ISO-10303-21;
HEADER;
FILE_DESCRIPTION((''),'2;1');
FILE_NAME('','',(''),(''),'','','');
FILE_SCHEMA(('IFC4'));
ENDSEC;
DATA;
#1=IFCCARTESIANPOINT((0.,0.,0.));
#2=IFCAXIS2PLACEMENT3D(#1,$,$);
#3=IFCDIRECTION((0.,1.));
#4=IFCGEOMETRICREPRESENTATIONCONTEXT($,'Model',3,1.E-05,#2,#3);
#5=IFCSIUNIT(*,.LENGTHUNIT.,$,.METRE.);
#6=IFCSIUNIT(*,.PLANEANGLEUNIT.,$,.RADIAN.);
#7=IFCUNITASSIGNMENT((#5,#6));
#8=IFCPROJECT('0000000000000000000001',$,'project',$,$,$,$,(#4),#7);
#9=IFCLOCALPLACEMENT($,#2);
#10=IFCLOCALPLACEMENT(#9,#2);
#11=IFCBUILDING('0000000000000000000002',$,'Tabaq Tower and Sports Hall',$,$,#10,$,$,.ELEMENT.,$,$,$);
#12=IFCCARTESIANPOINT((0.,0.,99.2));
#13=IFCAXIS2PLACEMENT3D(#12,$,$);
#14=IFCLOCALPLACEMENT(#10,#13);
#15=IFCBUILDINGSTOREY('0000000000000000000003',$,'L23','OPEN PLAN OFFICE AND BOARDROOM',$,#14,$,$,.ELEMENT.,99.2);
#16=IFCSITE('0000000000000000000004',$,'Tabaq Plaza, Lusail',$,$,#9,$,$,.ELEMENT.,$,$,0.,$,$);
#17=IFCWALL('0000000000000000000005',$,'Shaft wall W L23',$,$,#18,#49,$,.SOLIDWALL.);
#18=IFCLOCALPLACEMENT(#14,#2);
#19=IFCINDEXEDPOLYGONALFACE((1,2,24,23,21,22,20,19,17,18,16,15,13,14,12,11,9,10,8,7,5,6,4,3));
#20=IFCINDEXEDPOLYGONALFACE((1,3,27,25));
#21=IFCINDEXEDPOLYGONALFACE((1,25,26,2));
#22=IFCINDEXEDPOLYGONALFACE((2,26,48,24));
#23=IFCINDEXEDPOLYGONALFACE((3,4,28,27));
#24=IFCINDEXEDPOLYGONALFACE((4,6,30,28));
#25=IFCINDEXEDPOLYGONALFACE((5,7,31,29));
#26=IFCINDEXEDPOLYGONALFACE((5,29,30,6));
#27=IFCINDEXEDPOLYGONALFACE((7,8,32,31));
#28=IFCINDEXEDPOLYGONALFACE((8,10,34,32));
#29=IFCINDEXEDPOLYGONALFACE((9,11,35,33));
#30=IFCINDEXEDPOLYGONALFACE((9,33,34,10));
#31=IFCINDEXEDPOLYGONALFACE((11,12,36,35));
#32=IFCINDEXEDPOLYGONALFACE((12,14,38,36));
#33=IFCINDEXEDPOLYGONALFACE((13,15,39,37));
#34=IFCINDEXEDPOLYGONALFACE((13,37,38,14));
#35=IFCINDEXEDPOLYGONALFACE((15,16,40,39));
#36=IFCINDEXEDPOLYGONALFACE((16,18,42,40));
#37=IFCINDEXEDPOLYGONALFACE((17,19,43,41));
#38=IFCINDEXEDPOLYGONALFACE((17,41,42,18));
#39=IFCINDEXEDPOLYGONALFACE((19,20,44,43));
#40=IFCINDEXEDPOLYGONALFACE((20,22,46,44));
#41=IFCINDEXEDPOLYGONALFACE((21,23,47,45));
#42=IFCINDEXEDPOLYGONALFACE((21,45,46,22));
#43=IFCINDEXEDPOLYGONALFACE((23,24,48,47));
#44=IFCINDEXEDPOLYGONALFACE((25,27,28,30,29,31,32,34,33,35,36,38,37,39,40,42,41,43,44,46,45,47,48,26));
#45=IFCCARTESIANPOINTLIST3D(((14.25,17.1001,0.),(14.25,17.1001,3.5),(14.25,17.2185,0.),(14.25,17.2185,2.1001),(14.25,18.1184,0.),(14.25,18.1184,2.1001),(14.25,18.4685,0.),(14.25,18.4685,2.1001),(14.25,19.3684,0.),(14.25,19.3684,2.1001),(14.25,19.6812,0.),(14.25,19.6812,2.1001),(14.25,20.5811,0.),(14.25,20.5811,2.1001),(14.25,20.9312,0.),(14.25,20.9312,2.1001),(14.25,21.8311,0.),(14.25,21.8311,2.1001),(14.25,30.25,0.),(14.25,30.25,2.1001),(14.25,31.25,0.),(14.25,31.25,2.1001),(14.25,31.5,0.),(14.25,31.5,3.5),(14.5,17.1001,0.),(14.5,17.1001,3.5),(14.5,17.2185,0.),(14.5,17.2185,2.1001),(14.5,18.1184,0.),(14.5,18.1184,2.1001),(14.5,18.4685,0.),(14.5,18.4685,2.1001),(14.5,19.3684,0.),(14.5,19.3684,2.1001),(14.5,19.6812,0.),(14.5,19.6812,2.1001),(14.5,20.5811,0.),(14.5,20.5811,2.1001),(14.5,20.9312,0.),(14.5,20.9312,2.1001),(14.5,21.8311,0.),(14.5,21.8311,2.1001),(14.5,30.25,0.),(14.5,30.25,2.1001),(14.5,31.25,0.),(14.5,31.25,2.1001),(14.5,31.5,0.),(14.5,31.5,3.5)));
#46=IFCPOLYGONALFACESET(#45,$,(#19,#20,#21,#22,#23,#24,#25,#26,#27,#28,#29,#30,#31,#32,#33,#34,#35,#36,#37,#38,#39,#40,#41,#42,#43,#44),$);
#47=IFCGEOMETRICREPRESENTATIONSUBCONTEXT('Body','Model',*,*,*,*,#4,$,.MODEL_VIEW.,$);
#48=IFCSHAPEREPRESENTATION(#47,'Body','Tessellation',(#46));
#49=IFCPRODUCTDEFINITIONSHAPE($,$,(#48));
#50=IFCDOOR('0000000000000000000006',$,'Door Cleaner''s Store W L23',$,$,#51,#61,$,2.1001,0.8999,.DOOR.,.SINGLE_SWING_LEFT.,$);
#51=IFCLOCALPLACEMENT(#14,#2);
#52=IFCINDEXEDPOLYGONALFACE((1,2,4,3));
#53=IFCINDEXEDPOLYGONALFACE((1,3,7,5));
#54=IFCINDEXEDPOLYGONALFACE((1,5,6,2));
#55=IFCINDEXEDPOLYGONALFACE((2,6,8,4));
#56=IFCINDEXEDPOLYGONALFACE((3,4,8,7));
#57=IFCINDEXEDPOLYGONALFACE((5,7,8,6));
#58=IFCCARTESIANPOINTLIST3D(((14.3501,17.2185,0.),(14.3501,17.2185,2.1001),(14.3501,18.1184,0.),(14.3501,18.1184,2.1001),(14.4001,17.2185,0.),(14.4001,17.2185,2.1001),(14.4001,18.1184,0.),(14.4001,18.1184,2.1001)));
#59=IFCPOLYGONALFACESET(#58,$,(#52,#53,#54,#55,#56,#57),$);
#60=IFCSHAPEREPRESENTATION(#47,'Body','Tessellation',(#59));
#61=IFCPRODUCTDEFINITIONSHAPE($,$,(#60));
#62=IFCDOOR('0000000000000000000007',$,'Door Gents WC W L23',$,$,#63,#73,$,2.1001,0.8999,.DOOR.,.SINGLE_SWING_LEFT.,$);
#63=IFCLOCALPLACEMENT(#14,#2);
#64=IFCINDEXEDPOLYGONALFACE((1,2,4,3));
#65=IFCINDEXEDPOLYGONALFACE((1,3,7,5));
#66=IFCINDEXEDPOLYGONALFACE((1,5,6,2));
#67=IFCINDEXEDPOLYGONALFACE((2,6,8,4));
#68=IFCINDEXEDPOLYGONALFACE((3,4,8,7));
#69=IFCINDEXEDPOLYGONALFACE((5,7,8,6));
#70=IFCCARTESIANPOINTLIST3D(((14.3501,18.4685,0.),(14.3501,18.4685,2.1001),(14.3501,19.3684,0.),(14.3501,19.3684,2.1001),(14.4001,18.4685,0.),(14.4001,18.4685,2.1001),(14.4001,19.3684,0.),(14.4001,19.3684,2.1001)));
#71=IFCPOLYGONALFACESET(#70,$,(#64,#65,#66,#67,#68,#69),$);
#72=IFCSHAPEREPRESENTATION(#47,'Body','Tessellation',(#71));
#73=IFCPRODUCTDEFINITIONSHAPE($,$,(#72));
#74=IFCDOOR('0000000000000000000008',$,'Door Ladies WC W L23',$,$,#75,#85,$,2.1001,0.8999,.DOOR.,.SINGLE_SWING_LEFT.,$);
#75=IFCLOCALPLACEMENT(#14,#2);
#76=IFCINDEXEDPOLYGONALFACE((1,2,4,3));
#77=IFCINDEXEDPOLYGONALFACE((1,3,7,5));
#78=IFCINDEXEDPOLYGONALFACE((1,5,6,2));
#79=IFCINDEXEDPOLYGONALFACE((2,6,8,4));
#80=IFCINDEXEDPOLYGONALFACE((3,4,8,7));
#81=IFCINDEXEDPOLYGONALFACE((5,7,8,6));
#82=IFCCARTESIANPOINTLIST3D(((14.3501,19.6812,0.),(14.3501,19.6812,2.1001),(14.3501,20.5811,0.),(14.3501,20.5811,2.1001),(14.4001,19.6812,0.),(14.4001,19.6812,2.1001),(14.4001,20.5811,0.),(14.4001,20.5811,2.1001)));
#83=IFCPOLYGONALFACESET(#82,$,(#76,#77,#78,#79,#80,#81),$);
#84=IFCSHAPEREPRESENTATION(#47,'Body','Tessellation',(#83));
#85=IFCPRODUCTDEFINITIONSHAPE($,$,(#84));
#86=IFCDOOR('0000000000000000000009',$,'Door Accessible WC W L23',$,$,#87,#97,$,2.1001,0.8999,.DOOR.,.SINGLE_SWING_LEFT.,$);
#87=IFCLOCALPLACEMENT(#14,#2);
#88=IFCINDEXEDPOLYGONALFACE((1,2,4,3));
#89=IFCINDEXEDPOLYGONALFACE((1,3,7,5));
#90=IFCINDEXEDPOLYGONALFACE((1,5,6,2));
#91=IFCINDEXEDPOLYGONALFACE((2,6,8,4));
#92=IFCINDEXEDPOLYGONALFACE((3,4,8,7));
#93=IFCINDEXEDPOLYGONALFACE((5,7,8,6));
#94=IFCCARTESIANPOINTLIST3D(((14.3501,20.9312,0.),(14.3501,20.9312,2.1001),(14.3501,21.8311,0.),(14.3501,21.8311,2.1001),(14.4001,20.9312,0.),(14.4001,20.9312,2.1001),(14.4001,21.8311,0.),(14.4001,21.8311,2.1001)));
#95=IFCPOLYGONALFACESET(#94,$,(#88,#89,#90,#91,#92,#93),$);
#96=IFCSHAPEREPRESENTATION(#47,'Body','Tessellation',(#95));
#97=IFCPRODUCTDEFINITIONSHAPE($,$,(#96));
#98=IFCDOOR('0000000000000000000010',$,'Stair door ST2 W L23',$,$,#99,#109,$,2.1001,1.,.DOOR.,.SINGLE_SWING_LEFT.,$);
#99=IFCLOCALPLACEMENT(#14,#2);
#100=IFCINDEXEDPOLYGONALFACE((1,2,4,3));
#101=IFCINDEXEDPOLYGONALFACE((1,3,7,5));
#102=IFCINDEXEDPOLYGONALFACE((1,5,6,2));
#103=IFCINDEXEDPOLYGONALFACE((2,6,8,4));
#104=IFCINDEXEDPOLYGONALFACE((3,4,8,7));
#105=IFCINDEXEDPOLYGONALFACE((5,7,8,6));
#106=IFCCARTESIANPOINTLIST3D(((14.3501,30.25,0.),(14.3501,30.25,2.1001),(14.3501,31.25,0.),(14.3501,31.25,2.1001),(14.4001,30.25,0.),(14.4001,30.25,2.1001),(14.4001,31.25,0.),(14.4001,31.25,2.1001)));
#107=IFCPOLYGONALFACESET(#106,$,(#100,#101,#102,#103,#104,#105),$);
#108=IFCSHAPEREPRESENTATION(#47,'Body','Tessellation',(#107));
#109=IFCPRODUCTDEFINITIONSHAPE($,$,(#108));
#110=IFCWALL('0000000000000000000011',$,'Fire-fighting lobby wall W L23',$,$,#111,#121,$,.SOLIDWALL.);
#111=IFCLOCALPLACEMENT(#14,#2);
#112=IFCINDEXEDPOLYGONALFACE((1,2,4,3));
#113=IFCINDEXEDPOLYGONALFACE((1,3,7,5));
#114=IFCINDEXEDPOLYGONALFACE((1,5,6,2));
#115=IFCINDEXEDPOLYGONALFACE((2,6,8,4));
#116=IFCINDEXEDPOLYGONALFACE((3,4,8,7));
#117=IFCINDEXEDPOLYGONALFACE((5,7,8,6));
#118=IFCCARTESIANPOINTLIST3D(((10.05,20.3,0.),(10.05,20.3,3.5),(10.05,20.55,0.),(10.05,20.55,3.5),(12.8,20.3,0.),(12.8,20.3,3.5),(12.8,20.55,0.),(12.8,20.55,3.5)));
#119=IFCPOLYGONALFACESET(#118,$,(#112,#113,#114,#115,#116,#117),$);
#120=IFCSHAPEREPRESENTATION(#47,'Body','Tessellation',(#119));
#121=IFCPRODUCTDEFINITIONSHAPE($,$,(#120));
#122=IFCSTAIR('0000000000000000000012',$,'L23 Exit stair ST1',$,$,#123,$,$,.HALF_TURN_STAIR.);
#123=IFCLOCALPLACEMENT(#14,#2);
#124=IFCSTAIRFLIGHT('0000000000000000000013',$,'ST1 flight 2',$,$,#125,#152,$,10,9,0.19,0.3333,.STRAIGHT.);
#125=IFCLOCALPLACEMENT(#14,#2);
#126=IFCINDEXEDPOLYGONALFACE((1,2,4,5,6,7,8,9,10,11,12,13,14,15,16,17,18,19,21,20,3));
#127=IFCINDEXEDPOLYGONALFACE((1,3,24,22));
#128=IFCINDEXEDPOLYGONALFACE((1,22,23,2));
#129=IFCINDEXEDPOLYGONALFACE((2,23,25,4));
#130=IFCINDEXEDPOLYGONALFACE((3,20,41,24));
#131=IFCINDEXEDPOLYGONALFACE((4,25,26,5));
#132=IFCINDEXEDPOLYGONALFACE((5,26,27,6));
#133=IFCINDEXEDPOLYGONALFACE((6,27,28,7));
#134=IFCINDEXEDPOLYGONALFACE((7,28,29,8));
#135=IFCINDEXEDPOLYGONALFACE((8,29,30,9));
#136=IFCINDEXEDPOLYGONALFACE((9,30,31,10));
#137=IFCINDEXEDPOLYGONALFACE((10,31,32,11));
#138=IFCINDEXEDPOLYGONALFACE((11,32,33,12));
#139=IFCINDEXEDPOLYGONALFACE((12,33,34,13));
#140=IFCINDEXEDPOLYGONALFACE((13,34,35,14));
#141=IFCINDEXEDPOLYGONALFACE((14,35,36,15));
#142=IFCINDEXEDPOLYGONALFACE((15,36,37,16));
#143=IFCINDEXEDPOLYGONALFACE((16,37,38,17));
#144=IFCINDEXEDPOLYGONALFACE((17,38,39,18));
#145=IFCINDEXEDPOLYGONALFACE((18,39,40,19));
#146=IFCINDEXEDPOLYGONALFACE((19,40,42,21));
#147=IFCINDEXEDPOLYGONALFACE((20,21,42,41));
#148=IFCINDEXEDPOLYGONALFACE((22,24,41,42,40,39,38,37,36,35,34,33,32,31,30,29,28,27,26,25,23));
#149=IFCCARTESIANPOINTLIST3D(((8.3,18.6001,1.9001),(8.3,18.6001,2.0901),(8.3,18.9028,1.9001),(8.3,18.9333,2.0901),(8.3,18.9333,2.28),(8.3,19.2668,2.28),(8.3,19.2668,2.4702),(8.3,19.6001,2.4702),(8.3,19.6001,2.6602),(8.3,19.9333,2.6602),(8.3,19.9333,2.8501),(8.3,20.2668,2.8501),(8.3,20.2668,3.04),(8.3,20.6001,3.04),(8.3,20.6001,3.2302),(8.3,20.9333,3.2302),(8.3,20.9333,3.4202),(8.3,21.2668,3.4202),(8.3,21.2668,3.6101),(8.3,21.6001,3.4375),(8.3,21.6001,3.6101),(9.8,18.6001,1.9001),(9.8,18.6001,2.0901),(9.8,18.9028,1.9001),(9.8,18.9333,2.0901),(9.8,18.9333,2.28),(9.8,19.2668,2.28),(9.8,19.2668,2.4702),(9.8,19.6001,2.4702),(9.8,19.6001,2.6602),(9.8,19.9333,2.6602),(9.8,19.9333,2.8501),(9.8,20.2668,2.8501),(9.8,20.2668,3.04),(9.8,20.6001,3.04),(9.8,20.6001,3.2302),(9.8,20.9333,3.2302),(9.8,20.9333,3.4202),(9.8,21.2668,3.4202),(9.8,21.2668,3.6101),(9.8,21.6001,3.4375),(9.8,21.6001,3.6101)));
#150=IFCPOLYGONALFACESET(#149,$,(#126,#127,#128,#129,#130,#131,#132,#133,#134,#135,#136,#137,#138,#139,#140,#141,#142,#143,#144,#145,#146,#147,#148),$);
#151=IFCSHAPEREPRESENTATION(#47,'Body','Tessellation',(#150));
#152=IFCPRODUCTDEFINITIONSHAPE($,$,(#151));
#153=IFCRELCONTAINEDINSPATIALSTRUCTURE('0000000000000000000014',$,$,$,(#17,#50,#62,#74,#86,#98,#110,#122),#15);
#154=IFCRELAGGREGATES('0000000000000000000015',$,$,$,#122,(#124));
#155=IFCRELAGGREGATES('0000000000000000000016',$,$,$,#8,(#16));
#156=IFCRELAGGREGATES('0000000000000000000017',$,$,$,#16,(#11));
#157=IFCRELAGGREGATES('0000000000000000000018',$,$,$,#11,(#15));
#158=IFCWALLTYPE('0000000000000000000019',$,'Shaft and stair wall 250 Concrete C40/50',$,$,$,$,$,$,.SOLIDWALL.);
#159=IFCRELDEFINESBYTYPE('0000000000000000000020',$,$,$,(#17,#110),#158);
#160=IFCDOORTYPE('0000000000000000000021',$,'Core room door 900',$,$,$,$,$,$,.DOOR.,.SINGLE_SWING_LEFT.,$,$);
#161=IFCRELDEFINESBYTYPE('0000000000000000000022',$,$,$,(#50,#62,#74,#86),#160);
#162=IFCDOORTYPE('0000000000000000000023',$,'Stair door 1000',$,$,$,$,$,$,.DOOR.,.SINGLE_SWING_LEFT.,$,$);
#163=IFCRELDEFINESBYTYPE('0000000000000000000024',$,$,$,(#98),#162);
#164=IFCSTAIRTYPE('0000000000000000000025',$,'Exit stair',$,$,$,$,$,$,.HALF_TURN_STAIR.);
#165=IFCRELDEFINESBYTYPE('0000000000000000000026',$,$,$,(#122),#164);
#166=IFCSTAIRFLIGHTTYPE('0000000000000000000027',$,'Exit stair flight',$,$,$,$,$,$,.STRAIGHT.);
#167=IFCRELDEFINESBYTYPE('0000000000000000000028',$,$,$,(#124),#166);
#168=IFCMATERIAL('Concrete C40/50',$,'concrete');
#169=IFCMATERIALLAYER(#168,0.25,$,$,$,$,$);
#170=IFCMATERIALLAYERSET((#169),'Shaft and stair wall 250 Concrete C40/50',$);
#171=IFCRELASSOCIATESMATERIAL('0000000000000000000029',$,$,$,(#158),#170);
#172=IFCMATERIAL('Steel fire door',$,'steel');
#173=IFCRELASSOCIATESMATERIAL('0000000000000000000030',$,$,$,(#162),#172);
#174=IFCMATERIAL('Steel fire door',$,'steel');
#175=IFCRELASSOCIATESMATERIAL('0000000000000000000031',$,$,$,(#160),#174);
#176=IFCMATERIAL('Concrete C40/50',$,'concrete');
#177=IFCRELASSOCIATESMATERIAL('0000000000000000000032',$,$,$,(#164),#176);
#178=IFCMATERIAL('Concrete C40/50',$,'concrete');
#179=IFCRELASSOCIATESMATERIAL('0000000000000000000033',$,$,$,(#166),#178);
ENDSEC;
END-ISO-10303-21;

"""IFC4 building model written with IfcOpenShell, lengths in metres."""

from ifc_helpers import new_model, si_unit, direction, frame, frame_2d, origin, place, context, subcontext, project, spatial, polyline, rectangle, outline, extrude, material, layer, layer_set, type_object, element, fill, aggregate, save


model = new_model("IFC4")

# Units and contexts
model_context = context("Model", 3, precision=1e-05, world=origin(), true_north=direction((0.0, 1.0)))
body_context = subcontext(model_context, "Body", "Model", "MODEL_VIEW")
ifc_project = project(units=[si_unit("LENGTHUNIT", "METRE"), si_unit("PLANEANGLEUNIT", "RADIAN")], contexts=[model_context])

# Site, building, storey
site_placement = place(None, origin())
site = spatial("IfcSite", under=ifc_project, at=site_placement, Name="Tabaq Plaza, Lusail", CompositionType="ELEMENT", RefElevation=0.0)
building_placement = place(site_placement, origin())
building = spatial("IfcBuilding", under=site, at=building_placement, Name="Tabaq Tower and Sports Hall", CompositionType="ELEMENT")
storey_placement = place(building_placement, frame((0.0, 0.0, 99.2)))
storey = spatial("IfcBuildingStorey", under=building, at=storey_placement, Name="L23", Description="OPEN PLAN OFFICE AND BOARDROOM", CompositionType="ELEMENT", Elevation=99.2)

# Wall, openings, doors
ifc_material_1 = material(Name="Concrete C40/50", Category="concrete")
ifc_layer_1 = layer(ifc_material_1, 0.25)
ifc_layer_set_1 = layer_set([ifc_layer_1], Name="Shaft and stair wall 250 Concrete C40/50")
wall_type_1 = type_object("IfcWallType", Name="Shaft and stair wall 250 Concrete C40/50", PredefinedType="SOLIDWALL", material=ifc_layer_set_1)
ifc_material_2 = material(Name="Steel fire door", Category="steel")
door_type_1 = type_object("IfcDoorType", Name="Stair door 1000", OperationType="SINGLE_SWING_LEFT", PredefinedType="DOOR", material=ifc_material_2)
wall_1_placement = place(storey_placement, frame((14.375, 17.1001, 0.0), z_axis=(0.0, 0.0, 1.0), x_axis=(0.0, 1.0, 0.0)))
wall_1 = element("IfcWall", 1, at=wall_1_placement, inside=storey, type_object=wall_type_1, Name="Shaft wall W L23", PredefinedType="SOLIDWALL", context=body_context, shape_type="SweptSolid", body=[
    extrude(rectangle(XDim=14.3999, YDim=0.25, at=frame_2d((7.2, 0.0))), origin(), (0.0, 0.0, 1.0), 3.5),
])
opening_1_placement = place(wall_1_placement, frame((13.1499, 0.0, 0.0)))
opening_1 = element("IfcOpeningElement", 2, at=opening_1_placement, cuts=wall_1, PredefinedType="OPENING", context=body_context, shape_type="SweptSolid", body=[
    extrude(rectangle(XDim=1.0, YDim=2.1001, at=frame_2d((0.5, 1.05))), frame((0.0, 0.125, 0.0), z_axis=(0.0, -1.0, 0.0), x_axis=(1.0, 0.0, 0.0)), (0.0, 0.0, 1.0), 0.25),
])
opening_2_placement = place(wall_1_placement, frame((0.1184, 0.0, 0.0)))
opening_2 = element("IfcOpeningElement", 3, at=opening_2_placement, cuts=wall_1, PredefinedType="OPENING", context=body_context, shape_type="SweptSolid", body=[
    extrude(rectangle(XDim=0.8999, YDim=2.1001, at=frame_2d((0.45, 1.05))), frame((0.0, 0.125, 0.0), z_axis=(0.0, -1.0, 0.0), x_axis=(1.0, 0.0, 0.0)), (0.0, 0.0, 1.0), 0.25),
])
opening_3_placement = place(wall_1_placement, frame((1.3684, 0.0, 0.0)))
opening_3 = element("IfcOpeningElement", 4, at=opening_3_placement, cuts=wall_1, PredefinedType="OPENING", context=body_context, shape_type="SweptSolid", body=[
    extrude(rectangle(XDim=0.8999, YDim=2.1001, at=frame_2d((0.45, 1.05))), frame((0.0, 0.125, 0.0), z_axis=(0.0, -1.0, 0.0), x_axis=(1.0, 0.0, 0.0)), (0.0, 0.0, 1.0), 0.25),
])
opening_4_placement = place(wall_1_placement, frame((2.5811, 0.0, 0.0)))
opening_4 = element("IfcOpeningElement", 5, at=opening_4_placement, cuts=wall_1, PredefinedType="OPENING", context=body_context, shape_type="SweptSolid", body=[
    extrude(rectangle(XDim=0.8999, YDim=2.1001, at=frame_2d((0.45, 1.05))), frame((0.0, 0.125, 0.0), z_axis=(0.0, -1.0, 0.0), x_axis=(1.0, 0.0, 0.0)), (0.0, 0.0, 1.0), 0.25),
])
opening_5_placement = place(wall_1_placement, frame((3.8311, 0.0, 0.0)))
opening_5 = element("IfcOpeningElement", 6, at=opening_5_placement, cuts=wall_1, PredefinedType="OPENING", context=body_context, shape_type="SweptSolid", body=[
    extrude(rectangle(XDim=0.8999, YDim=2.1001, at=frame_2d((0.45, 1.05))), frame((0.0, 0.125, 0.0), z_axis=(0.0, -1.0, 0.0), x_axis=(1.0, 0.0, 0.0)), (0.0, 0.0, 1.0), 0.25),
])
ifc_material_3 = material(Name="Steel fire door", Category="steel")
door_type_2 = type_object("IfcDoorType", Name="Core room door 900", OperationType="SINGLE_SWING_LEFT", PredefinedType="DOOR", material=ifc_material_3)
door_1_placement = place(opening_2_placement, origin())
door_1 = element("IfcDoor", 7, at=door_1_placement, inside=storey, type_object=door_type_2, Name="Door Cleaner's Store W L23", OperationType="SINGLE_SWING_LEFT", OverallHeight=2.1001, OverallWidth=0.8999, PredefinedType="DOOR", context=body_context, shape_type="SweptSolid", body=[
    extrude(rectangle(XDim=0.8999, YDim=2.1001, at=frame_2d((0.45, 1.05))), frame((0.0, 0.0249, 0.0), z_axis=(0.0, -1.0, 0.0), x_axis=(1.0, 0.0, 0.0)), (0.0, 0.0, 1.0), 0.05),
])
fill(opening_2, door_1)
door_2_placement = place(opening_3_placement, origin())
door_2 = element("IfcDoor", 8, at=door_2_placement, inside=storey, type_object=door_type_2, Name="Door Gents WC W L23", OperationType="SINGLE_SWING_LEFT", OverallHeight=2.1001, OverallWidth=0.8999, PredefinedType="DOOR", context=body_context, shape_type="SweptSolid", body=[
    extrude(rectangle(XDim=0.8999, YDim=2.1001, at=frame_2d((0.45, 1.05))), frame((0.0, 0.0249, 0.0), z_axis=(0.0, -1.0, 0.0), x_axis=(1.0, 0.0, 0.0)), (0.0, 0.0, 1.0), 0.05),
])
fill(opening_3, door_2)
door_3_placement = place(opening_4_placement, origin())
door_3 = element("IfcDoor", 9, at=door_3_placement, inside=storey, type_object=door_type_2, Name="Door Ladies WC W L23", OperationType="SINGLE_SWING_LEFT", OverallHeight=2.1001, OverallWidth=0.8999, PredefinedType="DOOR", context=body_context, shape_type="SweptSolid", body=[
    extrude(rectangle(XDim=0.8999, YDim=2.1001, at=frame_2d((0.45, 1.05))), frame((0.0, 0.0249, 0.0), z_axis=(0.0, -1.0, 0.0), x_axis=(1.0, 0.0, 0.0)), (0.0, 0.0, 1.0), 0.05),
])
fill(opening_4, door_3)
door_4_placement = place(opening_5_placement, origin())
door_4 = element("IfcDoor", 10, at=door_4_placement, inside=storey, type_object=door_type_2, Name="Door Accessible WC W L23", OperationType="SINGLE_SWING_LEFT", OverallHeight=2.1001, OverallWidth=0.8999, PredefinedType="DOOR", context=body_context, shape_type="SweptSolid", body=[
    extrude(rectangle(XDim=0.8999, YDim=2.1001, at=frame_2d((0.45, 1.05))), frame((0.0, 0.0249, 0.0), z_axis=(0.0, -1.0, 0.0), x_axis=(1.0, 0.0, 0.0)), (0.0, 0.0, 1.0), 0.05),
])
fill(opening_5, door_4)
door_5_placement = place(opening_1_placement, origin())
door_5 = element("IfcDoor", 11, at=door_5_placement, inside=storey, type_object=door_type_1, Name="Stair door ST2 W L23", OperationType="SINGLE_SWING_LEFT", OverallHeight=2.1001, OverallWidth=1.0, PredefinedType="DOOR", context=body_context, shape_type="SweptSolid", body=[
    extrude(rectangle(XDim=1.0, YDim=2.1001, at=frame_2d((0.5, 1.05))), frame((0.0, 0.0249, 0.0), z_axis=(0.0, -1.0, 0.0), x_axis=(1.0, 0.0, 0.0)), (0.0, 0.0, 1.0), 0.05),
])
fill(opening_1, door_5)

# Wall
wall_2_placement = place(storey_placement, frame((10.05, 20.425, 0.0), z_axis=(0.0, 0.0, 1.0), x_axis=(1.0, 0.0, 0.0)))
element("IfcWall", 12, at=wall_2_placement, inside=storey, type_object=wall_type_1, Name="Fire-fighting lobby wall W L23", PredefinedType="SOLIDWALL", context=body_context, shape_type="SweptSolid", body=[
    extrude(rectangle(XDim=2.75, YDim=0.25, at=frame_2d((1.375, 0.0))), origin(), (0.0, 0.0, 1.0), 3.5),
])

# Stair, stair flight
ifc_material_4 = material(Name="Concrete C40/50", Category="concrete")
stair_type = type_object("IfcStairType", Name="Exit stair", PredefinedType="HALF_TURN_STAIR", material=ifc_material_4)
stair_placement = place(storey_placement, origin())
stair = element("IfcStair", 13, at=stair_placement, inside=storey, type_object=stair_type, Name="L23 Exit stair ST1", PredefinedType="HALF_TURN_STAIR")
ifc_material_5 = material(Name="Concrete C40/50", Category="concrete")
stair_flight_type = type_object("IfcStairFlightType", Name="Exit stair flight", PredefinedType="STRAIGHT", material=ifc_material_5)
stair_flight_placement = place(storey_placement, frame((9.05, 18.6001, 1.9001), z_axis=(0.0, 0.0, 1.0), x_axis=(0.0, 1.0, 0.0)))
stair_flight = element("IfcStairFlight", 14, at=stair_flight_placement, type_object=stair_flight_type, Name="ST1 flight 2", NumberOfRisers=10, NumberOfTreads=9, PredefinedType="STRAIGHT", RiserHeight=0.19, TreadLength=0.3333, context=body_context, shape_type="SweptSolid", body=[
    extrude(outline(polyline([(0.0, 0.0), (0.0, 0.1899), (0.3333, 0.1899), (0.3333, 0.3799), (0.6667, 0.3799), (0.6667, 0.5701), (1.0, 0.5701), (1.0, 0.76), (1.3333, 0.76), (1.3333, 0.95), (1.6667, 0.95), (1.6667, 1.1399), (2.0, 1.1399), (2.0, 1.3301), (2.3333, 1.3301), (2.3333, 1.52), (2.6667, 1.52), (2.6667, 1.71), (3.0, 1.71), (3.0, 1.8999), (3.0, 1.5374), (0.3027, 0.0), (0.0, 0.0)])), frame((0.0, 0.75, 0.0), z_axis=(0.0, -1.0, 0.0), x_axis=(1.0, 0.0, 0.0)), (0.0, 0.0, 1.0), 1.5),
])
aggregate(stair, [stair_flight])

save(model, "model.ifc")
